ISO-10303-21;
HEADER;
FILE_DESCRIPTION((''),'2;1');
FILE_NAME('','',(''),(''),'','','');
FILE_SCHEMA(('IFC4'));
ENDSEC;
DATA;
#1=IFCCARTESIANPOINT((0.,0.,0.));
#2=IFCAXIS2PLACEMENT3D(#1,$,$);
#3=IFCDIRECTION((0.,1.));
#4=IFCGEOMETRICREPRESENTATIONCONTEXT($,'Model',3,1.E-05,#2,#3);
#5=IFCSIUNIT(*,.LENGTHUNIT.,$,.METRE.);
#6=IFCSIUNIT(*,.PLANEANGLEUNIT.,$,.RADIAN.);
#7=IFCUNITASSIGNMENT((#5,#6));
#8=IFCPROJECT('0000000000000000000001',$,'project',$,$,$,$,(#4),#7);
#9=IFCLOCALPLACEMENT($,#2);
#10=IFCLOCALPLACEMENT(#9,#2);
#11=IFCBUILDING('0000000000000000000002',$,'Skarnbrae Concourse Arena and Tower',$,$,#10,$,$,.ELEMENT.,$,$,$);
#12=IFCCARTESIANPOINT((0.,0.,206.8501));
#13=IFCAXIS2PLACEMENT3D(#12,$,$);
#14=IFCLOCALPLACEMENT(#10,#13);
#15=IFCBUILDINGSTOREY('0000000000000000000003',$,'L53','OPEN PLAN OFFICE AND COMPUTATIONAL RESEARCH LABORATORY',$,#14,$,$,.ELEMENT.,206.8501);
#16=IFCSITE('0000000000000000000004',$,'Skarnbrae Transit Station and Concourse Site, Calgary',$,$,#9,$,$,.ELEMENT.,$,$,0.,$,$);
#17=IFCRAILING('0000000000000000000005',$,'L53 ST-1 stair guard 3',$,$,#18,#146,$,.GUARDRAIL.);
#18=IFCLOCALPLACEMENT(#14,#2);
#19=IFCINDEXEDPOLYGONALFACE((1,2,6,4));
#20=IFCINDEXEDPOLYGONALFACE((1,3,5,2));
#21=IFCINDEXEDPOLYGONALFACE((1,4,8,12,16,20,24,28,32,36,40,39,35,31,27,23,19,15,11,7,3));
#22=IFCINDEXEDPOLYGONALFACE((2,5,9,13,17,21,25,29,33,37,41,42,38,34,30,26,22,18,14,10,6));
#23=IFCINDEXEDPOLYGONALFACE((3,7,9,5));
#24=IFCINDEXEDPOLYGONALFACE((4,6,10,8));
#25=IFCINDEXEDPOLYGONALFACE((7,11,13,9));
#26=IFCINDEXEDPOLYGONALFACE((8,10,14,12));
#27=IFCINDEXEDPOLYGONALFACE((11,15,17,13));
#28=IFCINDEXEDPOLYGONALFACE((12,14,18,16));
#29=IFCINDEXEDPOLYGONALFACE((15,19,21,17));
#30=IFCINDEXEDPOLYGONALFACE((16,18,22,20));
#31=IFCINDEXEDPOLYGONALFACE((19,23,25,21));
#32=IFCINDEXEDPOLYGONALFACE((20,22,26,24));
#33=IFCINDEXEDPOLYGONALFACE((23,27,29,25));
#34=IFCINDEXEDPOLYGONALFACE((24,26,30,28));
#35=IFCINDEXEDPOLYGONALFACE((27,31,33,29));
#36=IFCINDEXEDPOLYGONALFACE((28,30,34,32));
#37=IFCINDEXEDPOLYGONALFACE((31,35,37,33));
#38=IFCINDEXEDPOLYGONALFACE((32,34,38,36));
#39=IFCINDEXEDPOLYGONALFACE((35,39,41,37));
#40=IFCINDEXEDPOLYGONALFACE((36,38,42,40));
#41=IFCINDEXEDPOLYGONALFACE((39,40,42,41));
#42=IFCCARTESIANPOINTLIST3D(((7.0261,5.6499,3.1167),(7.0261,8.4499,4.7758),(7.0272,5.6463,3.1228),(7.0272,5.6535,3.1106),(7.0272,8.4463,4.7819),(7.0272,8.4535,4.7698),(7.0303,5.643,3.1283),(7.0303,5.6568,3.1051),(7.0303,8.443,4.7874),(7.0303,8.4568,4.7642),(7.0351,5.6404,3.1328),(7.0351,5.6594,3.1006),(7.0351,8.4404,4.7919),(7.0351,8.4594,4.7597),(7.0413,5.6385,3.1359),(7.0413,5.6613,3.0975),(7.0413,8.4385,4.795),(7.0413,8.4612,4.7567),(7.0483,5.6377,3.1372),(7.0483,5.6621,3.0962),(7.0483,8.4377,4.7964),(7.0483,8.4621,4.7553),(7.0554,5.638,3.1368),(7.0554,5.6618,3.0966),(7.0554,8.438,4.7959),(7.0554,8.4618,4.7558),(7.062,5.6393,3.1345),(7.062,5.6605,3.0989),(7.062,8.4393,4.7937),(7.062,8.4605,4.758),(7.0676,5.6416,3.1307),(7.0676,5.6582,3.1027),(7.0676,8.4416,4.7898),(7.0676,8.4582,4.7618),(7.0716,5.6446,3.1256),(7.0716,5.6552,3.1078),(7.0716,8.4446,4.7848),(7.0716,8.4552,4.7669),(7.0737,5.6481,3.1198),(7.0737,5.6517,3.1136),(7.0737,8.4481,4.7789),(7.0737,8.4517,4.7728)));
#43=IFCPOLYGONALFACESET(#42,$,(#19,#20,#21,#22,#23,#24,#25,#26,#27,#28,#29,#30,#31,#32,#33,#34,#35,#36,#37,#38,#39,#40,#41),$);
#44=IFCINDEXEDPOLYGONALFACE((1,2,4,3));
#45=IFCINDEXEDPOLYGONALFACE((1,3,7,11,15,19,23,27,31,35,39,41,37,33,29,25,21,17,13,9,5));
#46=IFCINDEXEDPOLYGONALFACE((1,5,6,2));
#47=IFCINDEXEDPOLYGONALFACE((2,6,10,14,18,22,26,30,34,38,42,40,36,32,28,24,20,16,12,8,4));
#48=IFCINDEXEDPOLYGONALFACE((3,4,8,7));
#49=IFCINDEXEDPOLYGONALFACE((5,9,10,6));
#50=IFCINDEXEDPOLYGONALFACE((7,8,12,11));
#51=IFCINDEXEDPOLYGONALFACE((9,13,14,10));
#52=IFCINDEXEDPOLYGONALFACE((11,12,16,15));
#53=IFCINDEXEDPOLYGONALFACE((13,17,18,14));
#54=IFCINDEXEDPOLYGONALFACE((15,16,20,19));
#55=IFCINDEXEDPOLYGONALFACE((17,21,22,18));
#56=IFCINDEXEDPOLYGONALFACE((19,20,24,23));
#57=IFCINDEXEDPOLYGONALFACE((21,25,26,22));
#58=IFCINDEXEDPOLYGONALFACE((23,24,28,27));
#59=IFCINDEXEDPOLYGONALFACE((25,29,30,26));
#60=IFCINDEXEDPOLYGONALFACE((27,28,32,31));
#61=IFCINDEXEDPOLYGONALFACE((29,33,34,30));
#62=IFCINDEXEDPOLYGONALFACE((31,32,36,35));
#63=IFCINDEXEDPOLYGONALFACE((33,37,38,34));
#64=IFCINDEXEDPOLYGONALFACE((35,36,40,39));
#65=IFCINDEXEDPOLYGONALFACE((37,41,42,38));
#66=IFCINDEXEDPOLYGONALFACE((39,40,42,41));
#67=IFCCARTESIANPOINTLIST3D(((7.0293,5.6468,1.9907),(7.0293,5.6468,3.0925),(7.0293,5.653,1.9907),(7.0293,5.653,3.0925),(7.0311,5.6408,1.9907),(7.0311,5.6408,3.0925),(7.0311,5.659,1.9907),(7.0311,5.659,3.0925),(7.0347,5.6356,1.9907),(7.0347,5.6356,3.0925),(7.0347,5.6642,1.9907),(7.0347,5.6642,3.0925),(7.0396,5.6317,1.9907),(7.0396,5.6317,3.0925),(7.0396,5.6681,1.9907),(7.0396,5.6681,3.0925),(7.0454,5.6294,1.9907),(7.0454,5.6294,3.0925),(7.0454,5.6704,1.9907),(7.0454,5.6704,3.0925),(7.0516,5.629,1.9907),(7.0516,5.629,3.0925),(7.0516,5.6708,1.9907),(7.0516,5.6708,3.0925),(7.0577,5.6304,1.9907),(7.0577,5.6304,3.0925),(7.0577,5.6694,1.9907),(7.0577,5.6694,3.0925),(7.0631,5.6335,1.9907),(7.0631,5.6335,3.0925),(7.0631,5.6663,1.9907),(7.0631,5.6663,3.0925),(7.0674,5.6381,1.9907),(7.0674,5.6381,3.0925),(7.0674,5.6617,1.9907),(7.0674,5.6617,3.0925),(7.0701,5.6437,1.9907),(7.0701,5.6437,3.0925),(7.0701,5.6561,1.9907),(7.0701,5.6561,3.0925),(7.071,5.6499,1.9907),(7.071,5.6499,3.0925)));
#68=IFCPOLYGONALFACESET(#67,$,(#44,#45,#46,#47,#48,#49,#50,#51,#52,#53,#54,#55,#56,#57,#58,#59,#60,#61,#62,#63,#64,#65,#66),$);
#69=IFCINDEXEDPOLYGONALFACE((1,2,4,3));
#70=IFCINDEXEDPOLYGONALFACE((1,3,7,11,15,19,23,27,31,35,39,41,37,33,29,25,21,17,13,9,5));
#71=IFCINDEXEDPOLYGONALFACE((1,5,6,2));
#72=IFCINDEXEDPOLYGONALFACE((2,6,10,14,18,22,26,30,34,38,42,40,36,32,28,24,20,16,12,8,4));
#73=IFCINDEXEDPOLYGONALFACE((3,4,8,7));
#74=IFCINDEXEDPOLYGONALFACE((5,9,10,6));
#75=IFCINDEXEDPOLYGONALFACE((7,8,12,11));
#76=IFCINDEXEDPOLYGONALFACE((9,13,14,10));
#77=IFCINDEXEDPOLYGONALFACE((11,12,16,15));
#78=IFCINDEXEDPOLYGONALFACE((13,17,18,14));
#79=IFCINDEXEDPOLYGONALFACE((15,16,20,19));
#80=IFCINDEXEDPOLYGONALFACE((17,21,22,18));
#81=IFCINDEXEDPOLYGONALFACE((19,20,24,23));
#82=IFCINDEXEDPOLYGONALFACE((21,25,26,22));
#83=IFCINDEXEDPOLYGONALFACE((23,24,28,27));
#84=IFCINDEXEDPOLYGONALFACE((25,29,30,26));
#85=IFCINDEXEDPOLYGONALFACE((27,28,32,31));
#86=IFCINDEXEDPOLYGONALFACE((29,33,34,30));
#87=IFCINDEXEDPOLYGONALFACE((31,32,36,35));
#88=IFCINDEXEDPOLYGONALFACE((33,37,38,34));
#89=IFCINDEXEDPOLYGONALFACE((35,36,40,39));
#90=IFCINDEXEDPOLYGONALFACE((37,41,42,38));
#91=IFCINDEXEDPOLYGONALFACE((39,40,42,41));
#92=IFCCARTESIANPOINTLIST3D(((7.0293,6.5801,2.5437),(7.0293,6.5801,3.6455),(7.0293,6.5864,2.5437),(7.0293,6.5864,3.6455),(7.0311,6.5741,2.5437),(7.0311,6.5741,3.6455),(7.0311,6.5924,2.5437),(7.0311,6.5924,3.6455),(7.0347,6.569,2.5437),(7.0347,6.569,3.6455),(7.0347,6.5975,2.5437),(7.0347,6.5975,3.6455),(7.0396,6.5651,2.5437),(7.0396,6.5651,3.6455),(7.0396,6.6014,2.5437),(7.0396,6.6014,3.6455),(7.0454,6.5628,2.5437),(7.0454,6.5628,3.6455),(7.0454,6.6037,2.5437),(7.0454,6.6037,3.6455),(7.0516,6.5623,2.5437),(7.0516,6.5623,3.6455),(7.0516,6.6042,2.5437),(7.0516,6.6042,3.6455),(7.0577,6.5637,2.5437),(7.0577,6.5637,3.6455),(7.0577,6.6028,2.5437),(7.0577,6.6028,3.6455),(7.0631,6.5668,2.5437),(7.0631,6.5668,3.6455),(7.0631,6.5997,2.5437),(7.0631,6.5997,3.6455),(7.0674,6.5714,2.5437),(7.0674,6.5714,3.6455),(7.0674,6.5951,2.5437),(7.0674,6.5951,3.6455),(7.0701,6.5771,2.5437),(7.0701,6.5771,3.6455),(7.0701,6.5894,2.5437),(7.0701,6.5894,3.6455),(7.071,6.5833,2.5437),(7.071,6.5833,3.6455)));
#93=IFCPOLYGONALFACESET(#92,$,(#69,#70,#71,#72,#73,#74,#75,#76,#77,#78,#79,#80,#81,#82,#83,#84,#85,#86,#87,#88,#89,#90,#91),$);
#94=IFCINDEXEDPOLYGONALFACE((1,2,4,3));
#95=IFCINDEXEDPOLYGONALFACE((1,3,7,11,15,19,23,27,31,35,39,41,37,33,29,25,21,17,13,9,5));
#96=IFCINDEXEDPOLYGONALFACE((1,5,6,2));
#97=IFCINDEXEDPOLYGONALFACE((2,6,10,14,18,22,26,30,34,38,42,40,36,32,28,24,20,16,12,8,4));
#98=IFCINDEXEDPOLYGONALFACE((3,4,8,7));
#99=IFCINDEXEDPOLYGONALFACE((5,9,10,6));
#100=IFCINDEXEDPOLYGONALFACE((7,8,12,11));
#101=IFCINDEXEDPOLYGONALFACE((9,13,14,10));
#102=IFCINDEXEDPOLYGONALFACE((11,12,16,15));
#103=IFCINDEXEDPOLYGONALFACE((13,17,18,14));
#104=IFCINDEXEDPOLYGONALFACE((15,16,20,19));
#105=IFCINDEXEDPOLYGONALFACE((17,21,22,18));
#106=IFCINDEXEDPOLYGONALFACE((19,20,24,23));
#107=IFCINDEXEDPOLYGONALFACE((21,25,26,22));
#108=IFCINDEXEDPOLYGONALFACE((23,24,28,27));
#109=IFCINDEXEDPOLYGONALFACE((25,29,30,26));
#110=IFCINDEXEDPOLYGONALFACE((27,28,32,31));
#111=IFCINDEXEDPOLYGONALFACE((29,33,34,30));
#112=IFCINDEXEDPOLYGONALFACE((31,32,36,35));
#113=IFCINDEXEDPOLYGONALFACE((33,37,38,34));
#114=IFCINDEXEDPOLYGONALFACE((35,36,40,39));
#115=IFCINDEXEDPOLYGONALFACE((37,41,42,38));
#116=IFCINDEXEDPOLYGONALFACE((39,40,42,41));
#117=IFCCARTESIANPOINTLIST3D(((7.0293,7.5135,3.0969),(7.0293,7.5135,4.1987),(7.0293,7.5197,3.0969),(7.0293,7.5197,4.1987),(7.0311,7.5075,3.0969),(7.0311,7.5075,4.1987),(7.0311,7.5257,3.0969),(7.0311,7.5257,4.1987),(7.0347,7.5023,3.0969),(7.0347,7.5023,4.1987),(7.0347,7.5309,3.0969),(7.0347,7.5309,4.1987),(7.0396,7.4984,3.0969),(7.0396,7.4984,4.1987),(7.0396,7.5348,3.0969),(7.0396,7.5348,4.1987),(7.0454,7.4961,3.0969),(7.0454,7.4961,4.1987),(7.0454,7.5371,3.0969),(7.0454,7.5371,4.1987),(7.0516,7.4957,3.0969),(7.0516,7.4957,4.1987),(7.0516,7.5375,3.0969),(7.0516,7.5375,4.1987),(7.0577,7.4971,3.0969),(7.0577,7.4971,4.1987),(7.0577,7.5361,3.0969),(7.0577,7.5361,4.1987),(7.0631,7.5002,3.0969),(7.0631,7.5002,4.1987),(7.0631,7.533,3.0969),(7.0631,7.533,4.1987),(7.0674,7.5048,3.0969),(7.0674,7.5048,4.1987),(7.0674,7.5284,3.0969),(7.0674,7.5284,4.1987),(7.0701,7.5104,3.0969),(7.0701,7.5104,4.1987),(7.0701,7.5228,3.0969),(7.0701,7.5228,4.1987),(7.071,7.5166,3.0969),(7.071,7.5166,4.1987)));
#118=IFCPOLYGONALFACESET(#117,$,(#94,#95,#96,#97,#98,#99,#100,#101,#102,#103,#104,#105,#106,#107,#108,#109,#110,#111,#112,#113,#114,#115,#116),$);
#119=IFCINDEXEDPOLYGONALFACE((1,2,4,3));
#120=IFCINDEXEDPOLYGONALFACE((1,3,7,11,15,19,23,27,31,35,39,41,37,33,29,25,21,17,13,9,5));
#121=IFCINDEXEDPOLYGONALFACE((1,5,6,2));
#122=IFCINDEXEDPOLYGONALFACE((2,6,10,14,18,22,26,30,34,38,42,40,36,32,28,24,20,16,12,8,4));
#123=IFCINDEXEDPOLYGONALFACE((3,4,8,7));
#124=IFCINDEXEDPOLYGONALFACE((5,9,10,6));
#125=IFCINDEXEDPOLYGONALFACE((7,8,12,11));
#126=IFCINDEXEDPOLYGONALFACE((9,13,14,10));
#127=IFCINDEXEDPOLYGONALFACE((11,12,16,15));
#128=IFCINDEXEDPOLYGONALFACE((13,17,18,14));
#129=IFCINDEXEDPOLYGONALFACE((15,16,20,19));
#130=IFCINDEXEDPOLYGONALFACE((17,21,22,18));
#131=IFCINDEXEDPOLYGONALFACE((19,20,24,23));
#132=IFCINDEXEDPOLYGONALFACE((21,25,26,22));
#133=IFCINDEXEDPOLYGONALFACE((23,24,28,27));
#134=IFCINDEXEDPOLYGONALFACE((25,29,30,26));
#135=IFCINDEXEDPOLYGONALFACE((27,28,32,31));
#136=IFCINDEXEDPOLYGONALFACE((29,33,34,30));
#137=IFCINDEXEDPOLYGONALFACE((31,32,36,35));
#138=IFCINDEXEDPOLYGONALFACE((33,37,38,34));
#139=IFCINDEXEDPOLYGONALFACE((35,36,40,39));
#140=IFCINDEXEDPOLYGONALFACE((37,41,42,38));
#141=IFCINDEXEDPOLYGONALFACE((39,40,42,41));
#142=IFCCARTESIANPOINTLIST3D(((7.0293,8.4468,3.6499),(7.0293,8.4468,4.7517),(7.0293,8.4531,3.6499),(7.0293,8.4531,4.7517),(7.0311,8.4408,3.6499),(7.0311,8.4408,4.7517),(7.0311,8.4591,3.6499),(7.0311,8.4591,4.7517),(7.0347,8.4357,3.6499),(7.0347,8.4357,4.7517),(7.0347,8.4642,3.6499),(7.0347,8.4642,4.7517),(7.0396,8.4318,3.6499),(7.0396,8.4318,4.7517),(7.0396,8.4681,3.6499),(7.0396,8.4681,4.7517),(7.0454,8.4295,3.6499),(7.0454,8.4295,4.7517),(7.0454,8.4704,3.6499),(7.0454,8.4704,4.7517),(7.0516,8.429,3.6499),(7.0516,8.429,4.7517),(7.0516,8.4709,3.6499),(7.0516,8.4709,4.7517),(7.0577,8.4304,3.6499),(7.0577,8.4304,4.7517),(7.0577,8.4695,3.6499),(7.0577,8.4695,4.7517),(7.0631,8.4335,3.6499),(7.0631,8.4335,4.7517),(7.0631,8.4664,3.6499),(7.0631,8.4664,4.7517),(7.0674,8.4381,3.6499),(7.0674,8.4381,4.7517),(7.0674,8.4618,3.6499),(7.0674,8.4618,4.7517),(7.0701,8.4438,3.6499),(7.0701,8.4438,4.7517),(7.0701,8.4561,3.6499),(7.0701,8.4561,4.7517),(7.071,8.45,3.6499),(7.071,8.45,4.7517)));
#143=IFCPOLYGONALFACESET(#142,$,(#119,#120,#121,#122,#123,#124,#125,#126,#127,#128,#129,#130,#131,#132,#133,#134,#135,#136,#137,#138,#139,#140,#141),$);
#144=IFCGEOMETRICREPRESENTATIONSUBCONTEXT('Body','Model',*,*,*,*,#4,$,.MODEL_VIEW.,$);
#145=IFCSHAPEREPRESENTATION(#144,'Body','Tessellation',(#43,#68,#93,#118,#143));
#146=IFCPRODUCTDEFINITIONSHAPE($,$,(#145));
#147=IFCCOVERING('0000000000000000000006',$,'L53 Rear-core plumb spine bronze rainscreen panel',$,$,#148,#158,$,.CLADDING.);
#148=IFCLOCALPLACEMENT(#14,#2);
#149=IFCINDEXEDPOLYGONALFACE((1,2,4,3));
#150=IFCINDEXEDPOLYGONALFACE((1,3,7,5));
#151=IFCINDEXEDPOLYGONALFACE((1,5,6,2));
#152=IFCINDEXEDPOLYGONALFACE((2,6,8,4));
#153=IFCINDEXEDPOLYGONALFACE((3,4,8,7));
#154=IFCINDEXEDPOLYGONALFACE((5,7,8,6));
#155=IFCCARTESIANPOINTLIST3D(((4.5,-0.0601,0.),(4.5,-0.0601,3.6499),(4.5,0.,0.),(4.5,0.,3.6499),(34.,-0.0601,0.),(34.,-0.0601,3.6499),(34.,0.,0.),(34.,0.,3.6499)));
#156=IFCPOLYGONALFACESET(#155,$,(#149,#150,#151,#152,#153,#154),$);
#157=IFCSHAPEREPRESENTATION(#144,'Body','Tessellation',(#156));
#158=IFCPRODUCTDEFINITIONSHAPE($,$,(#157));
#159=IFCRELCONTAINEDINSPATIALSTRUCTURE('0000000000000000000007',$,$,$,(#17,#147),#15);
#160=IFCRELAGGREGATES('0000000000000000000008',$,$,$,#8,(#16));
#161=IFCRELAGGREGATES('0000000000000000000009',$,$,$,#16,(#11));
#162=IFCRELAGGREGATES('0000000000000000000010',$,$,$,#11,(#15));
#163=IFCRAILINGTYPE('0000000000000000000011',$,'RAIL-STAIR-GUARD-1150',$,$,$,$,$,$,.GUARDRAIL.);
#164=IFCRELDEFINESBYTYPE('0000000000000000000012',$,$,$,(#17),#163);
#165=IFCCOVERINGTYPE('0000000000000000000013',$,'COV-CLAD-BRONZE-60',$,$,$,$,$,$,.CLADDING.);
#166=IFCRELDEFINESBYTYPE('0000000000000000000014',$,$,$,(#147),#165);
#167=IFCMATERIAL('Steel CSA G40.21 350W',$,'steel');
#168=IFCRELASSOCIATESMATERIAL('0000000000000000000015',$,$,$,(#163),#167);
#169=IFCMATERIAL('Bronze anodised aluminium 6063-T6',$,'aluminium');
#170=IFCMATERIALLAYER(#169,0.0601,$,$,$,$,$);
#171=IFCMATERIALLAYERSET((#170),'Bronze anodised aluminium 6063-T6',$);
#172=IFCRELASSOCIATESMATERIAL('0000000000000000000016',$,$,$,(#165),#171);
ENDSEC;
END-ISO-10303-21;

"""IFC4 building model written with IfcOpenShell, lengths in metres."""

from ifc_helpers import new_model, si_unit, direction, frame, origin, origin_2d, place, context, subcontext, project, spatial, rectangle, circle, extrude, source, transform, mapped, material, layer, layer_set, type_object, element, save


model = new_model("IFC4")

# Units and contexts
model_context = context("Model", 3, precision=1e-05, world=origin(), true_north=direction((0.0, 1.0)))
body_context = subcontext(model_context, "Body", "Model", "MODEL_VIEW")
ifc_project = project(units=[si_unit("LENGTHUNIT", "METRE"), si_unit("PLANEANGLEUNIT", "RADIAN")], contexts=[model_context])

# Site, building, storey
site_placement = place(None, origin())
site = spatial("IfcSite", under=ifc_project, at=site_placement, Name="Skarnbrae Transit Station and Concourse Site, Calgary", CompositionType="ELEMENT", RefElevation=0.0)
building_placement = place(site_placement, origin())
building = spatial("IfcBuilding", under=site, at=building_placement, Name="Skarnbrae Concourse Arena and Tower", CompositionType="ELEMENT")
storey_placement = place(building_placement, frame((0.0, 0.0, 206.8501)))
storey = spatial("IfcBuildingStorey", under=building, at=storey_placement, Name="L53", Description="OPEN PLAN OFFICE AND COMPUTATIONAL RESEARCH LABORATORY", CompositionType="ELEMENT", Elevation=206.8501)

# Shared definitions
ifc_material_1 = material(Name="Steel CSA G40.21 350W", Category="steel")

# Railing
railing_type_1 = type_object("IfcRailingType", Name="RAIL-STAIR-GUARD-1150", PredefinedType="GUARDRAIL", material=ifc_material_1)
railing_1_placement = place(storey_placement, frame((7.05, 5.6499, 1.9907)))
element("IfcRailing", 1, at=railing_1_placement, inside=storey, type_object=railing_type_1, Name="L53 ST-1 stair guard 3", PredefinedType="GUARDRAIL", context=body_context, shape_type="SweptSolid", body=[
    extrude(circle(Radius=0.0239, at=origin_2d()), frame((0.0, 0.0, 1.126), z_axis=(0.0, 0.860306, 0.509778), x_axis=(-1.0, 0.0, 0.0)), (0.0, 0.0, 1.0), 3.2546),
    extrude(circle(Radius=0.021, at=origin_2d()), origin(), (0.0, 0.0, 1.0), 1.1018),
    extrude(circle(Radius=0.021, at=origin_2d()), frame((0.0, 0.9333, 0.553)), (0.0, 0.0, 1.0), 1.1018),
    extrude(circle(Radius=0.021, at=origin_2d()), frame((0.0, 1.8667, 1.1062)), (0.0, 0.0, 1.0), 1.1018),
    extrude(circle(Radius=0.021, at=origin_2d()), frame((0.0, 2.8, 1.6592)), (0.0, 0.0, 1.0), 1.1018),
])

# Covering
ifc_material_2 = material(Name="Bronze anodised aluminium 6063-T6", Category="aluminium")
ifc_layer_1 = layer(ifc_material_2, 0.0601)
ifc_layer_set_1 = layer_set([ifc_layer_1], Name="Bronze anodised aluminium 6063-T6")
covering_type = type_object("IfcCoveringType", Name="COV-CLAD-BRONZE-60", PredefinedType="CLADDING", material=ifc_layer_set_1)
shared_shape_1 = source(origin(), body_context, "Body", "SweptSolid", [
    extrude(rectangle(XDim=29.5, YDim=0.0601, at=origin_2d()), origin(), (0.0, 0.0, 1.0), 3.6499),
])
covering_placement = place(storey_placement, frame((19.25, -0.03, 0.0), z_axis=(0.0, 0.0, 1.0), x_axis=(1.0, 0.0, 0.0)))
element("IfcCovering", 2, at=covering_placement, inside=storey, type_object=covering_type, Name="L53 Rear-core plumb spine bronze rainscreen panel", PredefinedType="CLADDING", context=body_context, shape_type="MappedRepresentation", body=[
    mapped(shared_shape_1, transform((0.0, 0.0, 0.0))),
])

save(model, "model.ifc")
